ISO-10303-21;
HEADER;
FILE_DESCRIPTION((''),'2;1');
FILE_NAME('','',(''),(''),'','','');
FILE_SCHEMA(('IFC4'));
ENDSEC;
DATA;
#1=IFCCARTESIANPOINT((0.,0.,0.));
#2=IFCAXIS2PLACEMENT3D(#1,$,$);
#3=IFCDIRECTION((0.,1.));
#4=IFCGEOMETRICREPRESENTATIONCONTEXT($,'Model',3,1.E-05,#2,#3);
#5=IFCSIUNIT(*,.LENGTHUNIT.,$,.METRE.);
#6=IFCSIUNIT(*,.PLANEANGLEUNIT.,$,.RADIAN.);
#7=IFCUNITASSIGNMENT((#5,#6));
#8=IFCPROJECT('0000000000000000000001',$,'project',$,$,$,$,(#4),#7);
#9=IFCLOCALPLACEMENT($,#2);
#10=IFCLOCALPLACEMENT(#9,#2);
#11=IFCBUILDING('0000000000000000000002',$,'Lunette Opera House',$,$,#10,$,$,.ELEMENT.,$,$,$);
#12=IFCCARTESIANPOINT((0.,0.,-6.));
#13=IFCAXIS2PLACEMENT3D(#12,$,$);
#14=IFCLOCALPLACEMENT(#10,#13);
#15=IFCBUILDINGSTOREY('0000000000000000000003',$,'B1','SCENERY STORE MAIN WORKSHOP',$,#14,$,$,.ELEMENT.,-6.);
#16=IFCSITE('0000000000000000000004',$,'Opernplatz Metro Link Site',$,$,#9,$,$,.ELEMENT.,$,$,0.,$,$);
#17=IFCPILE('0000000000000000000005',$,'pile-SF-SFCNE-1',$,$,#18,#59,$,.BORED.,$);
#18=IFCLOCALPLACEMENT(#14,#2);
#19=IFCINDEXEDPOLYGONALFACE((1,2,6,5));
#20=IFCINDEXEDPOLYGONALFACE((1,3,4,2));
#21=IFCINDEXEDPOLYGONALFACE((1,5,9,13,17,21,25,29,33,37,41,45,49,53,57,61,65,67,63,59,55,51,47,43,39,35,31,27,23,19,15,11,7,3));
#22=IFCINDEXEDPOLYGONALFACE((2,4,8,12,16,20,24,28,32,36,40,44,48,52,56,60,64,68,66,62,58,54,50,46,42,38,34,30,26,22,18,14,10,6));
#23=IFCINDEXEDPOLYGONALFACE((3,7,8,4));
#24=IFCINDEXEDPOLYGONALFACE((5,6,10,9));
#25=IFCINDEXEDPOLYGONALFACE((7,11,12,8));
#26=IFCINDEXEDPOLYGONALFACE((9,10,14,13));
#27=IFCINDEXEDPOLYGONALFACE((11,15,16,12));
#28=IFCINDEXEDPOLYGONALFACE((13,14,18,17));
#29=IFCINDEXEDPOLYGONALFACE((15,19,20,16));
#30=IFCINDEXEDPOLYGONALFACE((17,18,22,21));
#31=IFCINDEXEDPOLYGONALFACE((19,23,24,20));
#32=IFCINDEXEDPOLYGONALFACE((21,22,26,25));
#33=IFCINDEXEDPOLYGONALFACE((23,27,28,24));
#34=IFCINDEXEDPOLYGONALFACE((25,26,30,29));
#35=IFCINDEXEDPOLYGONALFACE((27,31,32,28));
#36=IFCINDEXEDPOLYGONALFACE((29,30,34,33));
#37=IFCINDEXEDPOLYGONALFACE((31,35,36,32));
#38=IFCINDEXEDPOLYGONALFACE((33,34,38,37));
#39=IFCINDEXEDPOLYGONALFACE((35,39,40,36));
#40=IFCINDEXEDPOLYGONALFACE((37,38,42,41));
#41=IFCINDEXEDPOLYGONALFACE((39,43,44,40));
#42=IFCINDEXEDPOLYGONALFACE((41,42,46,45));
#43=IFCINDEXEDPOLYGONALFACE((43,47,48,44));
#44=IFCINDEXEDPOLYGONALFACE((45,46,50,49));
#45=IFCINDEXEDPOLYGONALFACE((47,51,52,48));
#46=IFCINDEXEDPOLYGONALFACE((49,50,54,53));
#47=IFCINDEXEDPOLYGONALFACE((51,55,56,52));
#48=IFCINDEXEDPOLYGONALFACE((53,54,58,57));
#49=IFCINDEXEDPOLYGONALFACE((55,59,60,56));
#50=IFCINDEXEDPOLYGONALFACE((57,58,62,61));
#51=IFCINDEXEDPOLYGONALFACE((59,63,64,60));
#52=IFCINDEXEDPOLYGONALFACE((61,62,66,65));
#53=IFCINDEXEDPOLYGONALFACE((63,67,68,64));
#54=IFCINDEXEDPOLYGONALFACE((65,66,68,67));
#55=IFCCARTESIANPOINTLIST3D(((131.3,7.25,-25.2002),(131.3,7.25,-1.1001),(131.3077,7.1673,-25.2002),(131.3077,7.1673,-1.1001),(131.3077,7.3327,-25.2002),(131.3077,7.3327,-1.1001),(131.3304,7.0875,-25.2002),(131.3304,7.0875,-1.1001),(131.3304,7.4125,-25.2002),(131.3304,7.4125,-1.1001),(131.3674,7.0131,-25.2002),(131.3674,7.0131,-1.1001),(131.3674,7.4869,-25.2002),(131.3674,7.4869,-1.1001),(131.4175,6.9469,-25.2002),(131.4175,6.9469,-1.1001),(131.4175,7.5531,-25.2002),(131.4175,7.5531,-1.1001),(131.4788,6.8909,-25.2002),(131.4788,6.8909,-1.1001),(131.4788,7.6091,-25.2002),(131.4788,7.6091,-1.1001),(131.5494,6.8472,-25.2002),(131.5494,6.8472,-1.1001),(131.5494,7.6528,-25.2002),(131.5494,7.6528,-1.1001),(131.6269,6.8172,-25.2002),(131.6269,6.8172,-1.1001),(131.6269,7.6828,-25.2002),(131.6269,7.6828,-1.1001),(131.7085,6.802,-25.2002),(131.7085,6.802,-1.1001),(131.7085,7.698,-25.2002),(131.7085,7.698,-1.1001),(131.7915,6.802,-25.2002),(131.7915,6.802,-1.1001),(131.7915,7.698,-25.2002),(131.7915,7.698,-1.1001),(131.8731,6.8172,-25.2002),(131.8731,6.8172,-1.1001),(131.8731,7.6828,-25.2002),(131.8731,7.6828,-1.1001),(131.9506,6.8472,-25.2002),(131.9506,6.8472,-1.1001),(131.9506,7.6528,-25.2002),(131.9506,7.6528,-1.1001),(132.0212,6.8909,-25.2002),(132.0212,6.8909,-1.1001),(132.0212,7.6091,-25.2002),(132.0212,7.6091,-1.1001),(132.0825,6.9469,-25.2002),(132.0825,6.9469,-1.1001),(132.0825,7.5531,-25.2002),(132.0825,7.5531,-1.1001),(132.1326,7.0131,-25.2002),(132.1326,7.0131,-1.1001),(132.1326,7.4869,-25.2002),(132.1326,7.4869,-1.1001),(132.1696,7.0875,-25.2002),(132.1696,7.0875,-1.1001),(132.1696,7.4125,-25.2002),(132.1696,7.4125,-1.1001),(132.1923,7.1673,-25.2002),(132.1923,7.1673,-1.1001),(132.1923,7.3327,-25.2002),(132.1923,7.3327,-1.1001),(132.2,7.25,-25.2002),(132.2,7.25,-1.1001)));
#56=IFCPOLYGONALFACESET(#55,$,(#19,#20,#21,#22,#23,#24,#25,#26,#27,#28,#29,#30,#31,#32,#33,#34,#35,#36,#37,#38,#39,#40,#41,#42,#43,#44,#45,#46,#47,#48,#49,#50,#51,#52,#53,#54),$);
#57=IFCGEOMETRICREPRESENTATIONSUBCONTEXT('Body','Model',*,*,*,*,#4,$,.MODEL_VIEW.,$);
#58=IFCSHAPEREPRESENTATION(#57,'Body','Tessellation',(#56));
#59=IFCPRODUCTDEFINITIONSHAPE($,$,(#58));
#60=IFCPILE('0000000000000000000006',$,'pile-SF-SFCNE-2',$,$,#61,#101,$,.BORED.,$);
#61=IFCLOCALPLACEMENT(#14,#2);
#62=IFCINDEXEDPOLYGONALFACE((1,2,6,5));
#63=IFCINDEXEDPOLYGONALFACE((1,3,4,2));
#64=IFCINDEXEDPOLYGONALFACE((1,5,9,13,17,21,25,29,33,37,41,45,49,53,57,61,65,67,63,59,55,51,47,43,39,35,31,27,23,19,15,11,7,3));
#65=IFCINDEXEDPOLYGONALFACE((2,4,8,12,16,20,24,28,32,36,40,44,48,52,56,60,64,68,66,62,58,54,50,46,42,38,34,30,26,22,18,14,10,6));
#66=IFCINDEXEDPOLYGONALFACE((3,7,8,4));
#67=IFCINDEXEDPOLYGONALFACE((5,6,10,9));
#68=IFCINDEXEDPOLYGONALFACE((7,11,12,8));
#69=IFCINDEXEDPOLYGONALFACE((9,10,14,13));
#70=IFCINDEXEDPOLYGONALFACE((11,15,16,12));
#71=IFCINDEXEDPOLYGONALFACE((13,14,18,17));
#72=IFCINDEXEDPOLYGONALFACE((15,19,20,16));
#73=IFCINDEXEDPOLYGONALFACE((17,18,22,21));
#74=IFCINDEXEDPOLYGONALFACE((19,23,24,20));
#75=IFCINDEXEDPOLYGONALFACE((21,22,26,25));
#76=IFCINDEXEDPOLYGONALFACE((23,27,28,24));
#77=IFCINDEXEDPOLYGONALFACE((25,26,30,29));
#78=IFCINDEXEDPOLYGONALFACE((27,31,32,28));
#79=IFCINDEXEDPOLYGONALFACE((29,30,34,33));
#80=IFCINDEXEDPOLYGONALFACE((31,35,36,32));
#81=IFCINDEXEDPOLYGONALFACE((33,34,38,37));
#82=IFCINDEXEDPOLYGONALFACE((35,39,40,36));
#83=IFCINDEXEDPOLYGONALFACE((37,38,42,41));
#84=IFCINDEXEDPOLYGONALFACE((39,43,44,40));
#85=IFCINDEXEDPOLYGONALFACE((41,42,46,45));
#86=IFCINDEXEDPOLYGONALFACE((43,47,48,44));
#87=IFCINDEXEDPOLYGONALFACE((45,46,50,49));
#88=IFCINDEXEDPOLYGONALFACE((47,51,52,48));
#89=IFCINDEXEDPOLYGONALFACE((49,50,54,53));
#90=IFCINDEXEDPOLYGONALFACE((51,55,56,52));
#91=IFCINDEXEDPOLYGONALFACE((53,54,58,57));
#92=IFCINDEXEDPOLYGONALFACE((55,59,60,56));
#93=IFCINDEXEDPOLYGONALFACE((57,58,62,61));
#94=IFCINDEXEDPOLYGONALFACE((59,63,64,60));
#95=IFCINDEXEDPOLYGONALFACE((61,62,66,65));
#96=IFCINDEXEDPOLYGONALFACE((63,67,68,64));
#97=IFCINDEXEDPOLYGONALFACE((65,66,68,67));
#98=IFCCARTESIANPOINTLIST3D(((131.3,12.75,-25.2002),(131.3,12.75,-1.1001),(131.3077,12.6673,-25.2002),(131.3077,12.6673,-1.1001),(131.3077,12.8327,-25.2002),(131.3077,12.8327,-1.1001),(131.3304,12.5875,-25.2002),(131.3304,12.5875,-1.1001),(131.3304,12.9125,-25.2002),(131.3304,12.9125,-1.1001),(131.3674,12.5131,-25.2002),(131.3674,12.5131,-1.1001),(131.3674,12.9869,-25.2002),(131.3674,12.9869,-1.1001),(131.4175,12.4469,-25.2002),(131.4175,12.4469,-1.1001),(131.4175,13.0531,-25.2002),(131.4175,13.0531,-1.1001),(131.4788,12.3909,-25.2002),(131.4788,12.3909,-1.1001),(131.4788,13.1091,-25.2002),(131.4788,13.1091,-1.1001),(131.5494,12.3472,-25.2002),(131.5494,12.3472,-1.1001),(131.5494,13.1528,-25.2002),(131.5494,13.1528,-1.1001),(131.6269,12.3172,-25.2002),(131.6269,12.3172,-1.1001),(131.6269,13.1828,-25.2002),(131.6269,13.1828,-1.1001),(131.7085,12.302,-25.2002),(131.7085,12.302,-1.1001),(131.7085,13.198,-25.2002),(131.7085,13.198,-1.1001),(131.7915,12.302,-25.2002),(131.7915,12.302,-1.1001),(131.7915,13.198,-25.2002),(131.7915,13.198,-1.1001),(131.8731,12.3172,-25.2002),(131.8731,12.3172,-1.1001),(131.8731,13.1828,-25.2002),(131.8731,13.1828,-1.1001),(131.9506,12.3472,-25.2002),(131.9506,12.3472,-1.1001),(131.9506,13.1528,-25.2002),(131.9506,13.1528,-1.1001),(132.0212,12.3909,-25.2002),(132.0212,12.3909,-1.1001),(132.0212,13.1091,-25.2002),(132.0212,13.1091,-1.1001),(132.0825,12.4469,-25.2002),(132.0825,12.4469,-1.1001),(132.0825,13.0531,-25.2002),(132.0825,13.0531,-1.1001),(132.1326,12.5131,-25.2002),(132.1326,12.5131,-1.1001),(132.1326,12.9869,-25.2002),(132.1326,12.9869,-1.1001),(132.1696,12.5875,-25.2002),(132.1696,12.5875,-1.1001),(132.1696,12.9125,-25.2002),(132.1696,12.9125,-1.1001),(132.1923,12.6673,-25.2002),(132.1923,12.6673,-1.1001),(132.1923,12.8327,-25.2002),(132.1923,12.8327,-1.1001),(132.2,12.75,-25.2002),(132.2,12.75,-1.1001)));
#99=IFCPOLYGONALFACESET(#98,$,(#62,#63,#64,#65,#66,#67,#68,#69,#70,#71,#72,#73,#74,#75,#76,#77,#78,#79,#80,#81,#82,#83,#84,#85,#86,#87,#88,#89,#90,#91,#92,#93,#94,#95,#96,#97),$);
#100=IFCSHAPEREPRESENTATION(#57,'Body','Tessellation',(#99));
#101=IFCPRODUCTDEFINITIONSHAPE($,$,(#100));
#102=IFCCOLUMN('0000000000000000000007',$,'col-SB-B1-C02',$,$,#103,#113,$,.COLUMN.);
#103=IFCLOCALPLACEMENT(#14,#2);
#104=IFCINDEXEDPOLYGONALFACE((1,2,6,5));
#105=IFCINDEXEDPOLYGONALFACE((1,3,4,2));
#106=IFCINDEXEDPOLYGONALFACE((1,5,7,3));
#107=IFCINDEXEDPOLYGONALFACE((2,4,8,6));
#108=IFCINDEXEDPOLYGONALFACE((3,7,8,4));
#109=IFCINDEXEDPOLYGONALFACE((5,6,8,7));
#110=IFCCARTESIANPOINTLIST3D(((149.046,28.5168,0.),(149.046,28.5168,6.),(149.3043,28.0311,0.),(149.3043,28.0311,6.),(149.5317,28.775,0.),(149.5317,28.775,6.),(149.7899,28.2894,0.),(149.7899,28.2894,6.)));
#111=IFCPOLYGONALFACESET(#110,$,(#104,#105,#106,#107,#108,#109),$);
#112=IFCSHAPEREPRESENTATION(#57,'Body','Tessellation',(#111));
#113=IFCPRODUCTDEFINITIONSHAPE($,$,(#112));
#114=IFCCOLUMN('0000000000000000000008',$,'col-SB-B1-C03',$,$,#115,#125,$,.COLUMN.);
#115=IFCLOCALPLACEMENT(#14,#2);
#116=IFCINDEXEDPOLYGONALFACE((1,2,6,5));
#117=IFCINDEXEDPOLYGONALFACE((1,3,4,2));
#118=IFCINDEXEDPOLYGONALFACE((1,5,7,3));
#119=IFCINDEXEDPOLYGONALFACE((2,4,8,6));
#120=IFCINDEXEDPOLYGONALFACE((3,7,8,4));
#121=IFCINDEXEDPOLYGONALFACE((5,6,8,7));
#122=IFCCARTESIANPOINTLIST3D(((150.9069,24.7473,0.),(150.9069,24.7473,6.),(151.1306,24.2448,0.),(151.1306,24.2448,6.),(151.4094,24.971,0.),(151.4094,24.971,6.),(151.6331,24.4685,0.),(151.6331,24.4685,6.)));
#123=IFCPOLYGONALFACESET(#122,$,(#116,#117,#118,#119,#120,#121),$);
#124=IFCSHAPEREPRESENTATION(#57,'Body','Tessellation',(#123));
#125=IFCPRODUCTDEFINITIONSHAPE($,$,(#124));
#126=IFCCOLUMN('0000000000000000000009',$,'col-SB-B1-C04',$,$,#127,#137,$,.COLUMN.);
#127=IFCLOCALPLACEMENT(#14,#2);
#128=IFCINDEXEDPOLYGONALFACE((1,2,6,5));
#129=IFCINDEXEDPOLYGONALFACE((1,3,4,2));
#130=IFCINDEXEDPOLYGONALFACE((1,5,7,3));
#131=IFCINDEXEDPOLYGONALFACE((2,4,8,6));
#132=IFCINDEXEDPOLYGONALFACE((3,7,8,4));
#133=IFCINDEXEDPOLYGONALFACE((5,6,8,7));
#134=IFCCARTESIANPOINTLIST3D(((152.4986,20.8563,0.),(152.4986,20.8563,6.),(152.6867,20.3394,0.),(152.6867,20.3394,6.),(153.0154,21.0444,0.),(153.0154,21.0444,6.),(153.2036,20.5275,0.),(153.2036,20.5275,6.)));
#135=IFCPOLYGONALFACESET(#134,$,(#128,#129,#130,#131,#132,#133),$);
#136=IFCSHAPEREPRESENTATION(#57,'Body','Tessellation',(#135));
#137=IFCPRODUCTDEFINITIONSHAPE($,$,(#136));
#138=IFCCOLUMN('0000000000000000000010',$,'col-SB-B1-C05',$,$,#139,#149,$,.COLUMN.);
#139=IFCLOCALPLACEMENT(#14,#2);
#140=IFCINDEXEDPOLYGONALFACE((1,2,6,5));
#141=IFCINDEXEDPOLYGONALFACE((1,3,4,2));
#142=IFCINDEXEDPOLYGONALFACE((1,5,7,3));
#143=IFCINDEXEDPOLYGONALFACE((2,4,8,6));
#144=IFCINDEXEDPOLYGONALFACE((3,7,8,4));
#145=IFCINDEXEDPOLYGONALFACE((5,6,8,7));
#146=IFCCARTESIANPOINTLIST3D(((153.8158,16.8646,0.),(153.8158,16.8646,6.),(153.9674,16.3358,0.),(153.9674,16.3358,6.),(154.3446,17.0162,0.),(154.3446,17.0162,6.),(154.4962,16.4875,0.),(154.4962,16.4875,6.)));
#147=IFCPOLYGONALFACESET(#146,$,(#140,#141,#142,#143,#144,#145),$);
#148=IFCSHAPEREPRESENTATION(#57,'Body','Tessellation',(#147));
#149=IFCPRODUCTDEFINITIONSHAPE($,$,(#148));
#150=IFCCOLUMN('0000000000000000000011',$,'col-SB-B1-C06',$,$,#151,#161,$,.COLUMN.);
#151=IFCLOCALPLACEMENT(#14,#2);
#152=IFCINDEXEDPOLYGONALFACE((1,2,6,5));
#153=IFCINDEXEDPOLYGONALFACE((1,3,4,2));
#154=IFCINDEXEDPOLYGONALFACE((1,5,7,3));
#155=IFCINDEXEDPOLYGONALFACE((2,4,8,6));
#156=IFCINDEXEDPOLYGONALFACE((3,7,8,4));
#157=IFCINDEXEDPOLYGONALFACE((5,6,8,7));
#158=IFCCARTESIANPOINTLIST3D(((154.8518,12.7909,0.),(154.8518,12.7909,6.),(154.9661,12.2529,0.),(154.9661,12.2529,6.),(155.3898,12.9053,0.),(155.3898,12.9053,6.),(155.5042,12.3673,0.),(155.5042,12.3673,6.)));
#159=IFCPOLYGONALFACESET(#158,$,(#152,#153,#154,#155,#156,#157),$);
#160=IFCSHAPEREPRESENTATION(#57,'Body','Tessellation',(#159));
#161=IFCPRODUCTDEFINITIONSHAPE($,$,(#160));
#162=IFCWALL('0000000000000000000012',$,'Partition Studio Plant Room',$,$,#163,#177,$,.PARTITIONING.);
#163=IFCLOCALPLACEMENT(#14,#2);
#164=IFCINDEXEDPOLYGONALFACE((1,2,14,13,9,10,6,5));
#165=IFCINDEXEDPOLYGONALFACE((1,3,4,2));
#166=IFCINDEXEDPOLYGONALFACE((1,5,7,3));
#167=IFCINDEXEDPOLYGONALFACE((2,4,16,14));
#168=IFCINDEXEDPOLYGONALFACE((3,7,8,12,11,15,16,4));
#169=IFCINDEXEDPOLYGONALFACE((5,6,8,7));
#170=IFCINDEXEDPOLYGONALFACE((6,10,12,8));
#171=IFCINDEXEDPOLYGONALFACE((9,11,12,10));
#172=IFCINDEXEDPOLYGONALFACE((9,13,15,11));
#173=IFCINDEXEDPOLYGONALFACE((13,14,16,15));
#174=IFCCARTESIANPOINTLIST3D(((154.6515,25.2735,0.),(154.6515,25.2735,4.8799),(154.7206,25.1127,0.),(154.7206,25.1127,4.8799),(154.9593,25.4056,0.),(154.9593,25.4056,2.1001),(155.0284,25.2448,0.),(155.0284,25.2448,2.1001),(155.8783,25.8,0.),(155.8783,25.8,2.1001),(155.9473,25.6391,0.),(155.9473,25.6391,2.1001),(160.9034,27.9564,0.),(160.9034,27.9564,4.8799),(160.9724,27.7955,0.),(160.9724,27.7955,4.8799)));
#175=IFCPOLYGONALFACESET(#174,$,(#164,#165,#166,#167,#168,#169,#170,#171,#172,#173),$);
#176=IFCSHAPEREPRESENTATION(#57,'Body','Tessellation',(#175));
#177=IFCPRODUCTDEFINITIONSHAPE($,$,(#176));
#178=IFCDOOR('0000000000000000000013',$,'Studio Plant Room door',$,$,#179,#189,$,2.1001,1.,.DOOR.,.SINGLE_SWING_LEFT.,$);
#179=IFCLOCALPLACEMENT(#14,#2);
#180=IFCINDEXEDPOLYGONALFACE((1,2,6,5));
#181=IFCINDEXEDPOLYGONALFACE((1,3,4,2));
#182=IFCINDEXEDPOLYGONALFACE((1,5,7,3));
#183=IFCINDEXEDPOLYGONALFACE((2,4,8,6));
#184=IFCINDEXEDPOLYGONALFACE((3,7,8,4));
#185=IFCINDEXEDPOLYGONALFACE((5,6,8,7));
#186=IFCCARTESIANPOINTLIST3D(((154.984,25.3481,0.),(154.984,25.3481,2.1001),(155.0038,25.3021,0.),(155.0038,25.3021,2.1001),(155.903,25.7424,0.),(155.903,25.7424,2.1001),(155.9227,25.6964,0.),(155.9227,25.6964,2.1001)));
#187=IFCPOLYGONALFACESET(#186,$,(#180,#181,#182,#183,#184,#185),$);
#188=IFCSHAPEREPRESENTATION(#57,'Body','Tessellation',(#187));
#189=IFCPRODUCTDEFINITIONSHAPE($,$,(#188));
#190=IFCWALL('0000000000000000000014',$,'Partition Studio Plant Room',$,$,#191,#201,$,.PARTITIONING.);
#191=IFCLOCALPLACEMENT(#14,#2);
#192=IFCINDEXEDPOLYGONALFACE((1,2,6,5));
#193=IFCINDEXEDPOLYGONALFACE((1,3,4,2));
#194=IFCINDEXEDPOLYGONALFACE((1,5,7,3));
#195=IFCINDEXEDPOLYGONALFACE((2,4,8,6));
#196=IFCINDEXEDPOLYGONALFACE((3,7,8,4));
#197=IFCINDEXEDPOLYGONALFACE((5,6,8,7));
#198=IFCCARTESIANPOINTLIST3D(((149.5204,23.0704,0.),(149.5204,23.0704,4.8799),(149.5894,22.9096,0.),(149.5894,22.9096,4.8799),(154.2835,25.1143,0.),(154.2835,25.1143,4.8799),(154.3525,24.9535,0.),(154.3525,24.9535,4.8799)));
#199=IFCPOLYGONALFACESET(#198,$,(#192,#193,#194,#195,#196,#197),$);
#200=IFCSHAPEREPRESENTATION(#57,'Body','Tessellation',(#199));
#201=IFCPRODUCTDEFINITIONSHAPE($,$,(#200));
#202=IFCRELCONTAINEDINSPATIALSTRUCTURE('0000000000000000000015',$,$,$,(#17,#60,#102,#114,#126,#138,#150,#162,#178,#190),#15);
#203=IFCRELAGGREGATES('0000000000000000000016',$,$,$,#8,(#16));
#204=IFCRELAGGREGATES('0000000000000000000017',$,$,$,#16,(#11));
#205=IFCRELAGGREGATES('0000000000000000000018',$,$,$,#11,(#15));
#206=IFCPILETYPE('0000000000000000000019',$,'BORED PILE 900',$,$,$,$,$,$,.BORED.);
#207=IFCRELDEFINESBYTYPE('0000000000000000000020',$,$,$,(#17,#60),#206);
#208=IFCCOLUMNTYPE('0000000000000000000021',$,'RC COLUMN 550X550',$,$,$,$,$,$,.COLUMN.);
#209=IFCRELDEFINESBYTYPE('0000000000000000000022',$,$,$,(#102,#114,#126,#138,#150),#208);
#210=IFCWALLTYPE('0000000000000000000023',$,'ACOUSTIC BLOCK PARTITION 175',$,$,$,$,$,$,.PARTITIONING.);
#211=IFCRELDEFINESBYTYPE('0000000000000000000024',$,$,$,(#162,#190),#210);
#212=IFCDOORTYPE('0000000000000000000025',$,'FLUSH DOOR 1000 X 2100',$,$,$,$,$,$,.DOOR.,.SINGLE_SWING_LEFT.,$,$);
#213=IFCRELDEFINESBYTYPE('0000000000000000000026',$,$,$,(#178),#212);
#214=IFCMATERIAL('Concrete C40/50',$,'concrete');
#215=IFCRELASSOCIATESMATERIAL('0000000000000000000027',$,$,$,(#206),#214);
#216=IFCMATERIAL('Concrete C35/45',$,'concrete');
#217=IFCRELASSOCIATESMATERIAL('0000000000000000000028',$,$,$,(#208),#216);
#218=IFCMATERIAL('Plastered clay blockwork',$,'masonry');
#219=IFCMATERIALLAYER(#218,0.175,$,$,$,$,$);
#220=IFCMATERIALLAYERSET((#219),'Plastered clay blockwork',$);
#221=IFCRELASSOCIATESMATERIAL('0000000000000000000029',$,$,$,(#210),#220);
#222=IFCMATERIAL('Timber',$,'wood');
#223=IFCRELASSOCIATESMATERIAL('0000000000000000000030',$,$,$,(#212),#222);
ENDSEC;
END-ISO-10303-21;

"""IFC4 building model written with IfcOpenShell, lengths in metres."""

from ifc_helpers import new_model, si_unit, direction, frame, frame_2d, origin, origin_2d, place, context, subcontext, project, spatial, rectangle, circle, extrude, material, layer, layer_set, material_profile, profile_set, type_object, element, fill, save


model = new_model("IFC4")

# Units and contexts
model_context = context("Model", 3, precision=1e-05, world=origin(), true_north=direction((0.0, 1.0)))
body_context = subcontext(model_context, "Body", "Model", "MODEL_VIEW")
ifc_project = project(units=[si_unit("LENGTHUNIT", "METRE"), si_unit("PLANEANGLEUNIT", "RADIAN")], contexts=[model_context])

# Site, building, storey
site_placement = place(None, origin())
site = spatial("IfcSite", under=ifc_project, at=site_placement, Name="Opernplatz Metro Link Site", CompositionType="ELEMENT", RefElevation=0.0)
building_placement = place(site_placement, origin())
building = spatial("IfcBuilding", under=site, at=building_placement, Name="Lunette Opera House", CompositionType="ELEMENT")
storey_placement = place(building_placement, frame((0.0, 0.0, -6.0)))
storey = spatial("IfcBuildingStorey", under=building, at=storey_placement, Name="B1", Description="SCENERY STORE MAIN WORKSHOP", CompositionType="ELEMENT", Elevation=-6.0)

# Piles
ifc_material_1 = material(Name="Concrete C40/50", Category="concrete")
ifc_material_profile_1 = material_profile(ifc_material_1, circle(Radius=0.45, at=origin_2d()), Name="BORED PILE 900")
ifc_profile_set_1 = profile_set([ifc_material_profile_1], Name="Concrete C40/50")
pile_type = type_object("IfcPileType", Name="BORED PILE 900", PredefinedType="BORED", material=ifc_profile_set_1)
for number, where, z_axis, x_axis, name in (
    (1, (131.75, 7.25, -1.1001), (0.0, 0.0, -1.0), (1.0, 0.0, 0.0), "pile-SF-SFCNE-1"),
    (2, (131.75, 12.75, -1.1001), (0.0, 0.0, -1.0), (1.0, 0.0, 0.0), "pile-SF-SFCNE-2"),
):
    element("IfcPile", number, at=place(storey_placement, frame(where, z_axis=z_axis, x_axis=x_axis)), inside=storey, type_object=pile_type, Name=name, PredefinedType="BORED", context=body_context, shape_type="SweptSolid", body=[
        extrude(circle(Radius=0.45, at=origin_2d()), origin(), (0.0, 0.0, 1.0), 24.1001),
    ])

# Columns
ifc_material_2 = material(Name="Concrete C35/45", Category="concrete")
ifc_material_profile_2 = material_profile(ifc_material_2, rectangle(XDim=0.55, YDim=0.55, at=origin_2d()), Name="RC COLUMN 550X550")
ifc_profile_set_2 = profile_set([ifc_material_profile_2], Name="Concrete C35/45")
column_type = type_object("IfcColumnType", Name="RC COLUMN 550X550", PredefinedType="COLUMN", material=ifc_profile_set_2)
for number, where, z_axis, x_axis, name in (
    (3, (149.418, 28.4031, 0.0), (0.0, 0.0, 1.0), (0.469472, -0.882948, 0.0), "col-SB-B1-C02"),
    (4, (151.27, 24.6079, 0.0), (0.0, 0.0, 1.0), (0.406737, -0.913545, 0.0), "col-SB-B1-C03"),
    (5, (152.8511, 20.6919, 0.0), (0.0, 0.0, 1.0), (0.34202, -0.939693, 0.0), "col-SB-B1-C04"),
    (6, (154.156, 16.676, 0.0), (0.0, 0.0, 1.0), (0.275637, -0.961262, 0.0), "col-SB-B1-C05"),
    (7, (155.178, 12.5791, 0.0), (0.0, 0.0, 1.0), (0.207912, -0.978148, 0.0), "col-SB-B1-C06"),
):
    element("IfcColumn", number, at=place(storey_placement, frame(where, z_axis=z_axis, x_axis=x_axis)), inside=storey, type_object=column_type, Name=name, PredefinedType="COLUMN", context=body_context, shape_type="SweptSolid", body=[
        extrude(rectangle(XDim=0.55, YDim=0.55, at=origin_2d()), origin(), (0.0, 0.0, 1.0), 6.0),
    ])

# Wall, opening, door
ifc_material_3 = material(Name="Plastered clay blockwork", Category="masonry")
ifc_layer_1 = layer(ifc_material_3, 0.175)
ifc_layer_set_1 = layer_set([ifc_layer_1], Name="Plastered clay blockwork")
wall_type_1 = type_object("IfcWallType", Name="ACOUSTIC BLOCK PARTITION 175", PredefinedType="PARTITIONING", material=ifc_layer_set_1)
wall_1_placement = place(storey_placement, frame((154.686, 25.1931, 0.0), z_axis=(0.0, 0.0, 1.0), x_axis=(0.918961, 0.394348, 0.0)))
wall_1 = element("IfcWall", 8, at=wall_1_placement, inside=storey, type_object=wall_type_1, Name="Partition Studio Plant Room", PredefinedType="PARTITIONING", context=body_context, shape_type="SweptSolid", body=[
    extrude(rectangle(XDim=6.8032, YDim=0.175, at=frame_2d((3.4016, 0.0))), origin(), (0.0, 0.0, 1.0), 4.8799),
])
opening_placement = place(wall_1_placement, frame((0.335, 0.0, 0.0)))
opening = element("IfcOpeningElement", 9, at=opening_placement, cuts=wall_1, PredefinedType="OPENING", context=body_context, shape_type="SweptSolid", body=[
    extrude(rectangle(XDim=1.0, YDim=2.1001, at=frame_2d((0.5, 1.05))), frame((0.0, 0.0996, 0.0), z_axis=(0.0, -1.0, 0.0), x_axis=(1.0, 0.0, 0.0)), (0.0, 0.0, 1.0), 0.199),
])
ifc_material_4 = material(Name="Timber", Category="wood")
door_type = type_object("IfcDoorType", Name="FLUSH DOOR 1000 X 2100", OperationType="SINGLE_SWING_LEFT", PredefinedType="DOOR", material=ifc_material_4)
door_placement = place(opening_placement, origin())
door = element("IfcDoor", 10, at=door_placement, inside=storey, type_object=door_type, Name="Studio Plant Room door", OperationType="SINGLE_SWING_LEFT", OverallHeight=2.1001, OverallWidth=1.0, PredefinedType="DOOR", context=body_context, shape_type="SweptSolid", body=[
    extrude(rectangle(XDim=1.0, YDim=2.1001, at=frame_2d((0.5, 1.05))), frame((0.0, 0.0249, 0.0), z_axis=(0.0, -1.0, 0.0), x_axis=(1.0, 0.0, 0.0)), (0.0, 0.0, 1.0), 0.05),
])
fill(opening, door)

# Wall
wall_2_placement = place(storey_placement, frame((149.5549, 22.99, 0.0), z_axis=(0.0, 0.0, 1.0), x_axis=(0.918965, 0.39434, 0.0)))
element("IfcWall", 11, at=wall_2_placement, inside=storey, type_object=wall_type_1, Name="Partition Studio Plant Room", PredefinedType="PARTITIONING", context=body_context, shape_type="SweptSolid", body=[
    extrude(rectangle(XDim=5.1831, YDim=0.175, at=frame_2d((2.5916, 0.0))), origin(), (0.0, 0.0, 1.0), 4.8799),
])

save(model, "model.ifc")
